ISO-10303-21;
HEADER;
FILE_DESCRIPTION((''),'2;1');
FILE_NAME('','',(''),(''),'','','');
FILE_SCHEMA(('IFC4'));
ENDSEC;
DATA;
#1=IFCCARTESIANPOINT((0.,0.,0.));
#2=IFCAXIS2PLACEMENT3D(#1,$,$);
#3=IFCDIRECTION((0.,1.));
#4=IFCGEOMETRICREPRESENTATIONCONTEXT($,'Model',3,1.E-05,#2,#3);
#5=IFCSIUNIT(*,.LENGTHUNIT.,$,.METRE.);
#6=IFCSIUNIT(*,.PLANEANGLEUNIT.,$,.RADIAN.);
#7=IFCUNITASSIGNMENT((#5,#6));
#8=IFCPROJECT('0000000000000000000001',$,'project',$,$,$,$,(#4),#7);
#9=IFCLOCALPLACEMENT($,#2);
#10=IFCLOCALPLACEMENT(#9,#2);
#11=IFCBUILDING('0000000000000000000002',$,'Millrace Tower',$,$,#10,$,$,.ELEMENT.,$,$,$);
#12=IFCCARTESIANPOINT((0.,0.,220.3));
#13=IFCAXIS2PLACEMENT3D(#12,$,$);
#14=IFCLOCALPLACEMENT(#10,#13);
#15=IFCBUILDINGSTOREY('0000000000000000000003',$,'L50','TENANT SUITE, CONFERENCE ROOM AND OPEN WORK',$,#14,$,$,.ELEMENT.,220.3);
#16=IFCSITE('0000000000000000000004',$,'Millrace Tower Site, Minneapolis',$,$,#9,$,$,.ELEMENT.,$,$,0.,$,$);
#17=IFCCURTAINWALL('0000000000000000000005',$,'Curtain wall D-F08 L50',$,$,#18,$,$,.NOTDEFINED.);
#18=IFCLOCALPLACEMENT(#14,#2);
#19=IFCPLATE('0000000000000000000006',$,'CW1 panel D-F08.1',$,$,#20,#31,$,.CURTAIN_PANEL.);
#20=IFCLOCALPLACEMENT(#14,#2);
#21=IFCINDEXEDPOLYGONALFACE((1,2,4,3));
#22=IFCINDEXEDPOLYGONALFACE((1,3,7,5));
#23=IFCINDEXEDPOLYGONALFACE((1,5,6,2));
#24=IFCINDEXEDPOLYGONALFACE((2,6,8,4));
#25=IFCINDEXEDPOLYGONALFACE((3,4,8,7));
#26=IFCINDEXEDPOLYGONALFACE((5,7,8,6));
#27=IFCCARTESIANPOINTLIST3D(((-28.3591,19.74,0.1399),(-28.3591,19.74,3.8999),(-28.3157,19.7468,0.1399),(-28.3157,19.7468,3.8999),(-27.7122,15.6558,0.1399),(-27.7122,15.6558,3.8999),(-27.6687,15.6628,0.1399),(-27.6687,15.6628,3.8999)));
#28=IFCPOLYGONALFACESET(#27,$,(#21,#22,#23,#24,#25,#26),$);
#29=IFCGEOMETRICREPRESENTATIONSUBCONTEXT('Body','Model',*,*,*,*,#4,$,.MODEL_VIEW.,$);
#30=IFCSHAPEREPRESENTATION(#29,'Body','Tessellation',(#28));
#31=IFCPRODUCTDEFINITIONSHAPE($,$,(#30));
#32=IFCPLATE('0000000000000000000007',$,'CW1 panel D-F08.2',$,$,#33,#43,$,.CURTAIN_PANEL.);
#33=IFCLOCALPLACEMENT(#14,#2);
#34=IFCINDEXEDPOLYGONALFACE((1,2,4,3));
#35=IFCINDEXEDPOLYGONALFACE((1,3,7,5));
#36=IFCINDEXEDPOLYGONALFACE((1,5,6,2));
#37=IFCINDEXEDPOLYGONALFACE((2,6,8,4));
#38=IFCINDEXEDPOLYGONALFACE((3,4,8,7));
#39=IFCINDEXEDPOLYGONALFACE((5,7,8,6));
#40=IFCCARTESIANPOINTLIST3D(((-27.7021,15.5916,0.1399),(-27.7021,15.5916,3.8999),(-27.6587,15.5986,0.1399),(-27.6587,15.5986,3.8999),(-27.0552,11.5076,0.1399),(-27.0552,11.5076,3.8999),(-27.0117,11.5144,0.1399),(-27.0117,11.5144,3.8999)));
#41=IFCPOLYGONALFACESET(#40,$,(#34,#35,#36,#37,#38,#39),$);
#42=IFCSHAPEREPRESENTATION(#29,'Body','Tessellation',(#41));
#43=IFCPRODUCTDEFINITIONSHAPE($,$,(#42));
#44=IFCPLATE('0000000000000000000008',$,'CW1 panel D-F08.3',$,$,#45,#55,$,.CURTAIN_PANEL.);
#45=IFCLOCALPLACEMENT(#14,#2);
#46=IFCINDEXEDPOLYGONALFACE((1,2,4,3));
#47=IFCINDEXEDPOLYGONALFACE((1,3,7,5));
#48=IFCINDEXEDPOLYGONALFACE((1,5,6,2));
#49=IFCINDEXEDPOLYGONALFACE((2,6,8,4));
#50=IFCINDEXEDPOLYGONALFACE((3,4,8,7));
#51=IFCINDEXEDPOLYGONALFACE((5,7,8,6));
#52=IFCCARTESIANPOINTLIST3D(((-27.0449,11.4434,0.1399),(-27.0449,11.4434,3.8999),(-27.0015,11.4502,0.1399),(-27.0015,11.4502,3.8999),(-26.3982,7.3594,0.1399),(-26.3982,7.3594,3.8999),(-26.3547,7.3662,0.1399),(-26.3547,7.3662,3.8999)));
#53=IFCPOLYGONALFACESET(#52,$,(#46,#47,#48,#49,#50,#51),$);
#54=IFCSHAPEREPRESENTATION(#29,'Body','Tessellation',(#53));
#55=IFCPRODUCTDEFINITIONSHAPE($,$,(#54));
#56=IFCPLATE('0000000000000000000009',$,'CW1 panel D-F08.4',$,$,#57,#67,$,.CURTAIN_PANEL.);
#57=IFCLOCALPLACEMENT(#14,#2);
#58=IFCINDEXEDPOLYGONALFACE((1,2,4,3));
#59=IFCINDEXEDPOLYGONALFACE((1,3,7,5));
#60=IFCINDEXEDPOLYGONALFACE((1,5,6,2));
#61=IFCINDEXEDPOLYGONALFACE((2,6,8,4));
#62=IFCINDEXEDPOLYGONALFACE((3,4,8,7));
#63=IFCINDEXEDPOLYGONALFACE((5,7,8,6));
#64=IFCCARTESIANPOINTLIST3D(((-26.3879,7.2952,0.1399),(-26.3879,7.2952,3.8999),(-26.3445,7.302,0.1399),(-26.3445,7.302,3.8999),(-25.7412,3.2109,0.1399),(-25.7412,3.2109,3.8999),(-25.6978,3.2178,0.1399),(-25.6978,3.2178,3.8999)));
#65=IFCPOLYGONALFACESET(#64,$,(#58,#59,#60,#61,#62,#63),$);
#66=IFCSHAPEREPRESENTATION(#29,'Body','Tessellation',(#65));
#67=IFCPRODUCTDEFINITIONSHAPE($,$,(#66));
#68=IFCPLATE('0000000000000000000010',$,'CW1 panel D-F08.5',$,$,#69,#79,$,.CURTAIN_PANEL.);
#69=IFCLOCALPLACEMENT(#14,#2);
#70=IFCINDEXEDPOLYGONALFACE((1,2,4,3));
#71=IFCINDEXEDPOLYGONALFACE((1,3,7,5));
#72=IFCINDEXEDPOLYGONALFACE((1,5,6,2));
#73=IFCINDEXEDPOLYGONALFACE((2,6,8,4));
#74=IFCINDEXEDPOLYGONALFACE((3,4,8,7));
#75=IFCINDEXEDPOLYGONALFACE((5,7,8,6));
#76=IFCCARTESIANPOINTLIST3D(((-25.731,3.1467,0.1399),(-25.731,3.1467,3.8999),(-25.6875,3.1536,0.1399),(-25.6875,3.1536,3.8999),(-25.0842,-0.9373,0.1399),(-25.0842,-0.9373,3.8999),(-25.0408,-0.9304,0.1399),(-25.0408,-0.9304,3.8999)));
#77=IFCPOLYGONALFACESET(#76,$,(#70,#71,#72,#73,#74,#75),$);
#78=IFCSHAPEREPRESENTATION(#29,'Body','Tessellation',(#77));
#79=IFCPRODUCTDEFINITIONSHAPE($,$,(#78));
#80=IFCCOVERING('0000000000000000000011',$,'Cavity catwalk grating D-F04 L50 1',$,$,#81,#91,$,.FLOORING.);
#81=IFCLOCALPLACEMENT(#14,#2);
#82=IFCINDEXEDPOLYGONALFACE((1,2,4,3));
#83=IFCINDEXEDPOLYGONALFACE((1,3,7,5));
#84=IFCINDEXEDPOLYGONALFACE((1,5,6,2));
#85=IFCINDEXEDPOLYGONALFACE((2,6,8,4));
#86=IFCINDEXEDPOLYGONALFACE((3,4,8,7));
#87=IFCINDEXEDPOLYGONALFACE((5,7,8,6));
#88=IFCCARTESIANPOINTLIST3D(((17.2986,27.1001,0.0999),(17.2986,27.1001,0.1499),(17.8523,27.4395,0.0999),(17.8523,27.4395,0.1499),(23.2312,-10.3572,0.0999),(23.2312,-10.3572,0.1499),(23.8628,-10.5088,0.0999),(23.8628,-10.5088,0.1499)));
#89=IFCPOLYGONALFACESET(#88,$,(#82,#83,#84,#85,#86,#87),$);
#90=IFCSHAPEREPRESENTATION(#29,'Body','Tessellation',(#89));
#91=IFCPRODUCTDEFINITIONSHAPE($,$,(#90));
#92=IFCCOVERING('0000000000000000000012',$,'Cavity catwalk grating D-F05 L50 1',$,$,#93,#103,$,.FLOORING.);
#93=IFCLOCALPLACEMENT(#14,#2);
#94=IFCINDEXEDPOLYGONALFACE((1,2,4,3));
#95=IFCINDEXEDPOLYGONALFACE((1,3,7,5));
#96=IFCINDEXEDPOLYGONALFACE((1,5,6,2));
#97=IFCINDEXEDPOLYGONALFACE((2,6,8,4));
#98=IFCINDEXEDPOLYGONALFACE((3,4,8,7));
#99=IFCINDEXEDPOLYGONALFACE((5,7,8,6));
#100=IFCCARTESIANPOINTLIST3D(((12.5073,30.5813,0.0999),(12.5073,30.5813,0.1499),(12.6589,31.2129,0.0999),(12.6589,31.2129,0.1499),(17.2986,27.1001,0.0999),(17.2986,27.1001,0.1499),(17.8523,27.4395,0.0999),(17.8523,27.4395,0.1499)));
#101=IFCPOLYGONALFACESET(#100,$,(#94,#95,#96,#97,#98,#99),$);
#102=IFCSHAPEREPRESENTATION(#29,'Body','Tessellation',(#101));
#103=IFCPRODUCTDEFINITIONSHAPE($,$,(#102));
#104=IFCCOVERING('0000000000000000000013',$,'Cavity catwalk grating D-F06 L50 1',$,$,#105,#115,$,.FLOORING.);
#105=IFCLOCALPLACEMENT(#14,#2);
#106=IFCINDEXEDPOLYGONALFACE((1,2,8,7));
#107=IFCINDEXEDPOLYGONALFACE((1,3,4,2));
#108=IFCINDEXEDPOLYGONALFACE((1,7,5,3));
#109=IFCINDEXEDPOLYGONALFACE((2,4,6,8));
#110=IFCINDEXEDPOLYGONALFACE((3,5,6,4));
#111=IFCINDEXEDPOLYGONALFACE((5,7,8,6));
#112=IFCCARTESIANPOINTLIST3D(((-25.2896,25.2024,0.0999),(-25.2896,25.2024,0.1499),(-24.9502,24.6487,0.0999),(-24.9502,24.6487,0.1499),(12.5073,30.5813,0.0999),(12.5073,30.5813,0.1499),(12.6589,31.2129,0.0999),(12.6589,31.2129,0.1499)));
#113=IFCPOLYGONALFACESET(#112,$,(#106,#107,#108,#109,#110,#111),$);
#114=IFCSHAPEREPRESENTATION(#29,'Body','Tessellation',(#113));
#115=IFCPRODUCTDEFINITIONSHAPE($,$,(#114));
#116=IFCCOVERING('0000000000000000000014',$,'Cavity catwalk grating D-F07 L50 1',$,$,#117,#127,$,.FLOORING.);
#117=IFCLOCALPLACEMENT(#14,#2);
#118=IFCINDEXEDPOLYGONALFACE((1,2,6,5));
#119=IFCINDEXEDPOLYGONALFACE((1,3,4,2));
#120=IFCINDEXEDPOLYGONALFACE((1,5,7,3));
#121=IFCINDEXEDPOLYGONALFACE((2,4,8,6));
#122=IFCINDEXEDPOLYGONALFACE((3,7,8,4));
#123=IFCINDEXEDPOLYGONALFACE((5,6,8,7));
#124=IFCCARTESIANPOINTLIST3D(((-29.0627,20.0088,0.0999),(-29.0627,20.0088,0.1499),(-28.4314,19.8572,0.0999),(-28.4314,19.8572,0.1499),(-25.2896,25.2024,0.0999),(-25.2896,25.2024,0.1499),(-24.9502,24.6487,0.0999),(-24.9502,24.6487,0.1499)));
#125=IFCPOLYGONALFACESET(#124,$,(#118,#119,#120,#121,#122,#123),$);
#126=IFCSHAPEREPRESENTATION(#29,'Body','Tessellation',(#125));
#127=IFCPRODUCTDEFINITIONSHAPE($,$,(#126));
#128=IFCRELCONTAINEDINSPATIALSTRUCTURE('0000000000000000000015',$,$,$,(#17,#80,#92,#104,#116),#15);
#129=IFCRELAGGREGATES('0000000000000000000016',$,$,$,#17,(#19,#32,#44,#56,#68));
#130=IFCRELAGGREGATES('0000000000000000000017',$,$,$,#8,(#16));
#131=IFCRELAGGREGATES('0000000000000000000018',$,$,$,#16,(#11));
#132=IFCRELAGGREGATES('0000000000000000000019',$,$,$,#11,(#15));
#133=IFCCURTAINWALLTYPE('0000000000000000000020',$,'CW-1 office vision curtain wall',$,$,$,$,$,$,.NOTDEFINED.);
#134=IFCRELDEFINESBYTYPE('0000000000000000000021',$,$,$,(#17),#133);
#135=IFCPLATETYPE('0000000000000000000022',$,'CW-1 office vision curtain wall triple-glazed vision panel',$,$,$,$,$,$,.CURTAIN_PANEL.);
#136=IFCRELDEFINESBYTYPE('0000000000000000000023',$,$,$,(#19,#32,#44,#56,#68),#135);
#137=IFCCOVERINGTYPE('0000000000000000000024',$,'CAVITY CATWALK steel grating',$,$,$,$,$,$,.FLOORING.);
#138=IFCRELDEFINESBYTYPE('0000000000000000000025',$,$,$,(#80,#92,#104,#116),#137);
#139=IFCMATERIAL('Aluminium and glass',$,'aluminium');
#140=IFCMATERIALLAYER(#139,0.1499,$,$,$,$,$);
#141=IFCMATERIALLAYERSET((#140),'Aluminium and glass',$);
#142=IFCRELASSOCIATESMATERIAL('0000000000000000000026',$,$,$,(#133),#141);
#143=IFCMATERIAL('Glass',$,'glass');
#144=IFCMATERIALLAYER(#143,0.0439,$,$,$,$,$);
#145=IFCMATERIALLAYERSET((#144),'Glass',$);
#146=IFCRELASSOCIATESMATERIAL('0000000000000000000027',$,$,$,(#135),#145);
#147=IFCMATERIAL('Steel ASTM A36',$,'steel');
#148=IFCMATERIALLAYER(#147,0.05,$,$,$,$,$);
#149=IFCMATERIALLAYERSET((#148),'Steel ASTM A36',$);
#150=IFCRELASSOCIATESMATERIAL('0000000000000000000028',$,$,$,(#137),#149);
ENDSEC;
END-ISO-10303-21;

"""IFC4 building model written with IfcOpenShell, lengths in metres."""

from ifc_helpers import new_model, si_unit, direction, frame, origin, place, context, subcontext, project, spatial, polyline, outline, extrude, material, layer, layer_set, type_object, element, aggregate, save


model = new_model("IFC4")

# Units and contexts
model_context = context("Model", 3, precision=1e-05, world=origin(), true_north=direction((0.0, 1.0)))
body_context = subcontext(model_context, "Body", "Model", "MODEL_VIEW")
ifc_project = project(units=[si_unit("LENGTHUNIT", "METRE"), si_unit("PLANEANGLEUNIT", "RADIAN")], contexts=[model_context])

# Site, building, storey
site_placement = place(None, origin())
site = spatial("IfcSite", under=ifc_project, at=site_placement, Name="Millrace Tower Site, Minneapolis", CompositionType="ELEMENT", RefElevation=0.0)
building_placement = place(site_placement, origin())
building = spatial("IfcBuilding", under=site, at=building_placement, Name="Millrace Tower", CompositionType="ELEMENT")
storey_placement = place(building_placement, frame((0.0, 0.0, 220.3)))
storey = spatial("IfcBuildingStorey", under=building, at=storey_placement, Name="L50", Description="TENANT SUITE, CONFERENCE ROOM AND OPEN WORK", CompositionType="ELEMENT", Elevation=220.3)

# Shared definitions
ifc_material_1 = material(Name="Aluminium and glass", Category="aluminium")
ifc_layer_1 = layer(ifc_material_1, 0.1499)
ifc_layer_set_1 = layer_set([ifc_layer_1], Name="Aluminium and glass")
curtain_wall_type = type_object("IfcCurtainWallType", Name="CW-1 office vision curtain wall", PredefinedType="NOTDEFINED", material=ifc_layer_set_1)
placement_1 = place(storey_placement, origin())
ifc_material_2 = material(Name="Glass", Category="glass")
ifc_layer_2 = layer(ifc_material_2, 0.0439)
ifc_layer_set_2 = layer_set([ifc_layer_2], Name="Glass")
plate_type = type_object("IfcPlateType", Name="CW-1 office vision curtain wall triple-glazed vision panel", PredefinedType="CURTAIN_PANEL", material=ifc_layer_set_2)
placement_2 = place(storey_placement, frame((0.0, 0.0, 0.1399)))

# Curtain wall, plates
curtain_wall_1 = element("IfcCurtainWall", 1, at=placement_1, inside=storey, type_object=curtain_wall_type, Name="Curtain wall D-F08 L50", PredefinedType="NOTDEFINED")
plate_1 = element("IfcPlate", 2, at=placement_2, type_object=plate_type, Name="CW1 panel D-F08.1", PredefinedType="CURTAIN_PANEL", context=body_context, shape_type="SweptSolid", body=[
    extrude(outline(polyline([(-28.3591, 19.74), (-27.7122, 15.6558), (-27.6687, 15.6628), (-28.3157, 19.7468), (-28.3591, 19.74)])), origin(), (0.0, 0.0, 1.0), 3.76),
])
plate_2 = element("IfcPlate", 3, at=placement_2, type_object=plate_type, Name="CW1 panel D-F08.2", PredefinedType="CURTAIN_PANEL", context=body_context, shape_type="SweptSolid", body=[
    extrude(outline(polyline([(-27.7021, 15.5916), (-27.0552, 11.5076), (-27.0117, 11.5144), (-27.6587, 15.5986), (-27.7021, 15.5916)])), origin(), (0.0, 0.0, 1.0), 3.76),
])
plate_3 = element("IfcPlate", 4, at=placement_2, type_object=plate_type, Name="CW1 panel D-F08.3", PredefinedType="CURTAIN_PANEL", context=body_context, shape_type="SweptSolid", body=[
    extrude(outline(polyline([(-27.0449, 11.4434), (-26.3982, 7.3594), (-26.3547, 7.3662), (-27.0015, 11.4502), (-27.0449, 11.4434)])), origin(), (0.0, 0.0, 1.0), 3.76),
])
plate_4 = element("IfcPlate", 5, at=placement_2, type_object=plate_type, Name="CW1 panel D-F08.4", PredefinedType="CURTAIN_PANEL", context=body_context, shape_type="SweptSolid", body=[
    extrude(outline(polyline([(-26.3879, 7.2952), (-25.7412, 3.2109), (-25.6978, 3.2178), (-26.3445, 7.302), (-26.3879, 7.2952)])), origin(), (0.0, 0.0, 1.0), 3.76),
])
plate_5 = element("IfcPlate", 6, at=placement_2, type_object=plate_type, Name="CW1 panel D-F08.5", PredefinedType="CURTAIN_PANEL", context=body_context, shape_type="SweptSolid", body=[
    extrude(outline(polyline([(-25.731, 3.1467), (-25.0842, -0.9373), (-25.0408, -0.9304), (-25.6875, 3.1536), (-25.731, 3.1467)])), origin(), (0.0, 0.0, 1.0), 3.76),
])
aggregate(curtain_wall_1, [plate_1, plate_2, plate_3, plate_4, plate_5])

# Coverings
ifc_material_3 = material(Name="Steel ASTM A36", Category="steel")
ifc_layer_3 = layer(ifc_material_3, 0.05)
ifc_layer_set_3 = layer_set([ifc_layer_3], Name="Steel ASTM A36")
covering_type = type_object("IfcCoveringType", Name="CAVITY CATWALK steel grating", PredefinedType="FLOORING", material=ifc_layer_set_3)
placement_3 = place(storey_placement, frame((0.0, 0.0, 0.0999)))
element("IfcCovering", 7, at=placement_3, inside=storey, type_object=covering_type, Name="Cavity catwalk grating D-F04 L50 1", PredefinedType="FLOORING", context=body_context, shape_type="SweptSolid", body=[
    extrude(outline(polyline([(23.8628, -10.5088), (17.8523, 27.4395), (17.2986, 27.1001), (23.2312, -10.3572), (23.8628, -10.5088)])), origin(), (0.0, 0.0, 1.0), 0.05),
])
element("IfcCovering", 8, at=placement_3, inside=storey, type_object=covering_type, Name="Cavity catwalk grating D-F05 L50 1", PredefinedType="FLOORING", context=body_context, shape_type="SweptSolid", body=[
    extrude(outline(polyline([(17.8523, 27.4395), (12.6589, 31.2129), (12.5073, 30.5813), (17.2986, 27.1001), (17.8523, 27.4395)])), origin(), (0.0, 0.0, 1.0), 0.05),
])
element("IfcCovering", 9, at=placement_3, inside=storey, type_object=covering_type, Name="Cavity catwalk grating D-F06 L50 1", PredefinedType="FLOORING", context=body_context, shape_type="SweptSolid", body=[
    extrude(outline(polyline([(12.6589, 31.2129), (-25.2896, 25.2024), (-24.9502, 24.6487), (12.5073, 30.5813), (12.6589, 31.2129)])), origin(), (0.0, 0.0, 1.0), 0.05),
])
element("IfcCovering", 10, at=placement_3, inside=storey, type_object=covering_type, Name="Cavity catwalk grating D-F07 L50 1", PredefinedType="FLOORING", context=body_context, shape_type="SweptSolid", body=[
    extrude(outline(polyline([(-25.2896, 25.2024), (-29.0627, 20.0088), (-28.4314, 19.8572), (-24.9502, 24.6487), (-25.2896, 25.2024)])), origin(), (0.0, 0.0, 1.0), 0.05),
])

save(model, "model.ifc")
